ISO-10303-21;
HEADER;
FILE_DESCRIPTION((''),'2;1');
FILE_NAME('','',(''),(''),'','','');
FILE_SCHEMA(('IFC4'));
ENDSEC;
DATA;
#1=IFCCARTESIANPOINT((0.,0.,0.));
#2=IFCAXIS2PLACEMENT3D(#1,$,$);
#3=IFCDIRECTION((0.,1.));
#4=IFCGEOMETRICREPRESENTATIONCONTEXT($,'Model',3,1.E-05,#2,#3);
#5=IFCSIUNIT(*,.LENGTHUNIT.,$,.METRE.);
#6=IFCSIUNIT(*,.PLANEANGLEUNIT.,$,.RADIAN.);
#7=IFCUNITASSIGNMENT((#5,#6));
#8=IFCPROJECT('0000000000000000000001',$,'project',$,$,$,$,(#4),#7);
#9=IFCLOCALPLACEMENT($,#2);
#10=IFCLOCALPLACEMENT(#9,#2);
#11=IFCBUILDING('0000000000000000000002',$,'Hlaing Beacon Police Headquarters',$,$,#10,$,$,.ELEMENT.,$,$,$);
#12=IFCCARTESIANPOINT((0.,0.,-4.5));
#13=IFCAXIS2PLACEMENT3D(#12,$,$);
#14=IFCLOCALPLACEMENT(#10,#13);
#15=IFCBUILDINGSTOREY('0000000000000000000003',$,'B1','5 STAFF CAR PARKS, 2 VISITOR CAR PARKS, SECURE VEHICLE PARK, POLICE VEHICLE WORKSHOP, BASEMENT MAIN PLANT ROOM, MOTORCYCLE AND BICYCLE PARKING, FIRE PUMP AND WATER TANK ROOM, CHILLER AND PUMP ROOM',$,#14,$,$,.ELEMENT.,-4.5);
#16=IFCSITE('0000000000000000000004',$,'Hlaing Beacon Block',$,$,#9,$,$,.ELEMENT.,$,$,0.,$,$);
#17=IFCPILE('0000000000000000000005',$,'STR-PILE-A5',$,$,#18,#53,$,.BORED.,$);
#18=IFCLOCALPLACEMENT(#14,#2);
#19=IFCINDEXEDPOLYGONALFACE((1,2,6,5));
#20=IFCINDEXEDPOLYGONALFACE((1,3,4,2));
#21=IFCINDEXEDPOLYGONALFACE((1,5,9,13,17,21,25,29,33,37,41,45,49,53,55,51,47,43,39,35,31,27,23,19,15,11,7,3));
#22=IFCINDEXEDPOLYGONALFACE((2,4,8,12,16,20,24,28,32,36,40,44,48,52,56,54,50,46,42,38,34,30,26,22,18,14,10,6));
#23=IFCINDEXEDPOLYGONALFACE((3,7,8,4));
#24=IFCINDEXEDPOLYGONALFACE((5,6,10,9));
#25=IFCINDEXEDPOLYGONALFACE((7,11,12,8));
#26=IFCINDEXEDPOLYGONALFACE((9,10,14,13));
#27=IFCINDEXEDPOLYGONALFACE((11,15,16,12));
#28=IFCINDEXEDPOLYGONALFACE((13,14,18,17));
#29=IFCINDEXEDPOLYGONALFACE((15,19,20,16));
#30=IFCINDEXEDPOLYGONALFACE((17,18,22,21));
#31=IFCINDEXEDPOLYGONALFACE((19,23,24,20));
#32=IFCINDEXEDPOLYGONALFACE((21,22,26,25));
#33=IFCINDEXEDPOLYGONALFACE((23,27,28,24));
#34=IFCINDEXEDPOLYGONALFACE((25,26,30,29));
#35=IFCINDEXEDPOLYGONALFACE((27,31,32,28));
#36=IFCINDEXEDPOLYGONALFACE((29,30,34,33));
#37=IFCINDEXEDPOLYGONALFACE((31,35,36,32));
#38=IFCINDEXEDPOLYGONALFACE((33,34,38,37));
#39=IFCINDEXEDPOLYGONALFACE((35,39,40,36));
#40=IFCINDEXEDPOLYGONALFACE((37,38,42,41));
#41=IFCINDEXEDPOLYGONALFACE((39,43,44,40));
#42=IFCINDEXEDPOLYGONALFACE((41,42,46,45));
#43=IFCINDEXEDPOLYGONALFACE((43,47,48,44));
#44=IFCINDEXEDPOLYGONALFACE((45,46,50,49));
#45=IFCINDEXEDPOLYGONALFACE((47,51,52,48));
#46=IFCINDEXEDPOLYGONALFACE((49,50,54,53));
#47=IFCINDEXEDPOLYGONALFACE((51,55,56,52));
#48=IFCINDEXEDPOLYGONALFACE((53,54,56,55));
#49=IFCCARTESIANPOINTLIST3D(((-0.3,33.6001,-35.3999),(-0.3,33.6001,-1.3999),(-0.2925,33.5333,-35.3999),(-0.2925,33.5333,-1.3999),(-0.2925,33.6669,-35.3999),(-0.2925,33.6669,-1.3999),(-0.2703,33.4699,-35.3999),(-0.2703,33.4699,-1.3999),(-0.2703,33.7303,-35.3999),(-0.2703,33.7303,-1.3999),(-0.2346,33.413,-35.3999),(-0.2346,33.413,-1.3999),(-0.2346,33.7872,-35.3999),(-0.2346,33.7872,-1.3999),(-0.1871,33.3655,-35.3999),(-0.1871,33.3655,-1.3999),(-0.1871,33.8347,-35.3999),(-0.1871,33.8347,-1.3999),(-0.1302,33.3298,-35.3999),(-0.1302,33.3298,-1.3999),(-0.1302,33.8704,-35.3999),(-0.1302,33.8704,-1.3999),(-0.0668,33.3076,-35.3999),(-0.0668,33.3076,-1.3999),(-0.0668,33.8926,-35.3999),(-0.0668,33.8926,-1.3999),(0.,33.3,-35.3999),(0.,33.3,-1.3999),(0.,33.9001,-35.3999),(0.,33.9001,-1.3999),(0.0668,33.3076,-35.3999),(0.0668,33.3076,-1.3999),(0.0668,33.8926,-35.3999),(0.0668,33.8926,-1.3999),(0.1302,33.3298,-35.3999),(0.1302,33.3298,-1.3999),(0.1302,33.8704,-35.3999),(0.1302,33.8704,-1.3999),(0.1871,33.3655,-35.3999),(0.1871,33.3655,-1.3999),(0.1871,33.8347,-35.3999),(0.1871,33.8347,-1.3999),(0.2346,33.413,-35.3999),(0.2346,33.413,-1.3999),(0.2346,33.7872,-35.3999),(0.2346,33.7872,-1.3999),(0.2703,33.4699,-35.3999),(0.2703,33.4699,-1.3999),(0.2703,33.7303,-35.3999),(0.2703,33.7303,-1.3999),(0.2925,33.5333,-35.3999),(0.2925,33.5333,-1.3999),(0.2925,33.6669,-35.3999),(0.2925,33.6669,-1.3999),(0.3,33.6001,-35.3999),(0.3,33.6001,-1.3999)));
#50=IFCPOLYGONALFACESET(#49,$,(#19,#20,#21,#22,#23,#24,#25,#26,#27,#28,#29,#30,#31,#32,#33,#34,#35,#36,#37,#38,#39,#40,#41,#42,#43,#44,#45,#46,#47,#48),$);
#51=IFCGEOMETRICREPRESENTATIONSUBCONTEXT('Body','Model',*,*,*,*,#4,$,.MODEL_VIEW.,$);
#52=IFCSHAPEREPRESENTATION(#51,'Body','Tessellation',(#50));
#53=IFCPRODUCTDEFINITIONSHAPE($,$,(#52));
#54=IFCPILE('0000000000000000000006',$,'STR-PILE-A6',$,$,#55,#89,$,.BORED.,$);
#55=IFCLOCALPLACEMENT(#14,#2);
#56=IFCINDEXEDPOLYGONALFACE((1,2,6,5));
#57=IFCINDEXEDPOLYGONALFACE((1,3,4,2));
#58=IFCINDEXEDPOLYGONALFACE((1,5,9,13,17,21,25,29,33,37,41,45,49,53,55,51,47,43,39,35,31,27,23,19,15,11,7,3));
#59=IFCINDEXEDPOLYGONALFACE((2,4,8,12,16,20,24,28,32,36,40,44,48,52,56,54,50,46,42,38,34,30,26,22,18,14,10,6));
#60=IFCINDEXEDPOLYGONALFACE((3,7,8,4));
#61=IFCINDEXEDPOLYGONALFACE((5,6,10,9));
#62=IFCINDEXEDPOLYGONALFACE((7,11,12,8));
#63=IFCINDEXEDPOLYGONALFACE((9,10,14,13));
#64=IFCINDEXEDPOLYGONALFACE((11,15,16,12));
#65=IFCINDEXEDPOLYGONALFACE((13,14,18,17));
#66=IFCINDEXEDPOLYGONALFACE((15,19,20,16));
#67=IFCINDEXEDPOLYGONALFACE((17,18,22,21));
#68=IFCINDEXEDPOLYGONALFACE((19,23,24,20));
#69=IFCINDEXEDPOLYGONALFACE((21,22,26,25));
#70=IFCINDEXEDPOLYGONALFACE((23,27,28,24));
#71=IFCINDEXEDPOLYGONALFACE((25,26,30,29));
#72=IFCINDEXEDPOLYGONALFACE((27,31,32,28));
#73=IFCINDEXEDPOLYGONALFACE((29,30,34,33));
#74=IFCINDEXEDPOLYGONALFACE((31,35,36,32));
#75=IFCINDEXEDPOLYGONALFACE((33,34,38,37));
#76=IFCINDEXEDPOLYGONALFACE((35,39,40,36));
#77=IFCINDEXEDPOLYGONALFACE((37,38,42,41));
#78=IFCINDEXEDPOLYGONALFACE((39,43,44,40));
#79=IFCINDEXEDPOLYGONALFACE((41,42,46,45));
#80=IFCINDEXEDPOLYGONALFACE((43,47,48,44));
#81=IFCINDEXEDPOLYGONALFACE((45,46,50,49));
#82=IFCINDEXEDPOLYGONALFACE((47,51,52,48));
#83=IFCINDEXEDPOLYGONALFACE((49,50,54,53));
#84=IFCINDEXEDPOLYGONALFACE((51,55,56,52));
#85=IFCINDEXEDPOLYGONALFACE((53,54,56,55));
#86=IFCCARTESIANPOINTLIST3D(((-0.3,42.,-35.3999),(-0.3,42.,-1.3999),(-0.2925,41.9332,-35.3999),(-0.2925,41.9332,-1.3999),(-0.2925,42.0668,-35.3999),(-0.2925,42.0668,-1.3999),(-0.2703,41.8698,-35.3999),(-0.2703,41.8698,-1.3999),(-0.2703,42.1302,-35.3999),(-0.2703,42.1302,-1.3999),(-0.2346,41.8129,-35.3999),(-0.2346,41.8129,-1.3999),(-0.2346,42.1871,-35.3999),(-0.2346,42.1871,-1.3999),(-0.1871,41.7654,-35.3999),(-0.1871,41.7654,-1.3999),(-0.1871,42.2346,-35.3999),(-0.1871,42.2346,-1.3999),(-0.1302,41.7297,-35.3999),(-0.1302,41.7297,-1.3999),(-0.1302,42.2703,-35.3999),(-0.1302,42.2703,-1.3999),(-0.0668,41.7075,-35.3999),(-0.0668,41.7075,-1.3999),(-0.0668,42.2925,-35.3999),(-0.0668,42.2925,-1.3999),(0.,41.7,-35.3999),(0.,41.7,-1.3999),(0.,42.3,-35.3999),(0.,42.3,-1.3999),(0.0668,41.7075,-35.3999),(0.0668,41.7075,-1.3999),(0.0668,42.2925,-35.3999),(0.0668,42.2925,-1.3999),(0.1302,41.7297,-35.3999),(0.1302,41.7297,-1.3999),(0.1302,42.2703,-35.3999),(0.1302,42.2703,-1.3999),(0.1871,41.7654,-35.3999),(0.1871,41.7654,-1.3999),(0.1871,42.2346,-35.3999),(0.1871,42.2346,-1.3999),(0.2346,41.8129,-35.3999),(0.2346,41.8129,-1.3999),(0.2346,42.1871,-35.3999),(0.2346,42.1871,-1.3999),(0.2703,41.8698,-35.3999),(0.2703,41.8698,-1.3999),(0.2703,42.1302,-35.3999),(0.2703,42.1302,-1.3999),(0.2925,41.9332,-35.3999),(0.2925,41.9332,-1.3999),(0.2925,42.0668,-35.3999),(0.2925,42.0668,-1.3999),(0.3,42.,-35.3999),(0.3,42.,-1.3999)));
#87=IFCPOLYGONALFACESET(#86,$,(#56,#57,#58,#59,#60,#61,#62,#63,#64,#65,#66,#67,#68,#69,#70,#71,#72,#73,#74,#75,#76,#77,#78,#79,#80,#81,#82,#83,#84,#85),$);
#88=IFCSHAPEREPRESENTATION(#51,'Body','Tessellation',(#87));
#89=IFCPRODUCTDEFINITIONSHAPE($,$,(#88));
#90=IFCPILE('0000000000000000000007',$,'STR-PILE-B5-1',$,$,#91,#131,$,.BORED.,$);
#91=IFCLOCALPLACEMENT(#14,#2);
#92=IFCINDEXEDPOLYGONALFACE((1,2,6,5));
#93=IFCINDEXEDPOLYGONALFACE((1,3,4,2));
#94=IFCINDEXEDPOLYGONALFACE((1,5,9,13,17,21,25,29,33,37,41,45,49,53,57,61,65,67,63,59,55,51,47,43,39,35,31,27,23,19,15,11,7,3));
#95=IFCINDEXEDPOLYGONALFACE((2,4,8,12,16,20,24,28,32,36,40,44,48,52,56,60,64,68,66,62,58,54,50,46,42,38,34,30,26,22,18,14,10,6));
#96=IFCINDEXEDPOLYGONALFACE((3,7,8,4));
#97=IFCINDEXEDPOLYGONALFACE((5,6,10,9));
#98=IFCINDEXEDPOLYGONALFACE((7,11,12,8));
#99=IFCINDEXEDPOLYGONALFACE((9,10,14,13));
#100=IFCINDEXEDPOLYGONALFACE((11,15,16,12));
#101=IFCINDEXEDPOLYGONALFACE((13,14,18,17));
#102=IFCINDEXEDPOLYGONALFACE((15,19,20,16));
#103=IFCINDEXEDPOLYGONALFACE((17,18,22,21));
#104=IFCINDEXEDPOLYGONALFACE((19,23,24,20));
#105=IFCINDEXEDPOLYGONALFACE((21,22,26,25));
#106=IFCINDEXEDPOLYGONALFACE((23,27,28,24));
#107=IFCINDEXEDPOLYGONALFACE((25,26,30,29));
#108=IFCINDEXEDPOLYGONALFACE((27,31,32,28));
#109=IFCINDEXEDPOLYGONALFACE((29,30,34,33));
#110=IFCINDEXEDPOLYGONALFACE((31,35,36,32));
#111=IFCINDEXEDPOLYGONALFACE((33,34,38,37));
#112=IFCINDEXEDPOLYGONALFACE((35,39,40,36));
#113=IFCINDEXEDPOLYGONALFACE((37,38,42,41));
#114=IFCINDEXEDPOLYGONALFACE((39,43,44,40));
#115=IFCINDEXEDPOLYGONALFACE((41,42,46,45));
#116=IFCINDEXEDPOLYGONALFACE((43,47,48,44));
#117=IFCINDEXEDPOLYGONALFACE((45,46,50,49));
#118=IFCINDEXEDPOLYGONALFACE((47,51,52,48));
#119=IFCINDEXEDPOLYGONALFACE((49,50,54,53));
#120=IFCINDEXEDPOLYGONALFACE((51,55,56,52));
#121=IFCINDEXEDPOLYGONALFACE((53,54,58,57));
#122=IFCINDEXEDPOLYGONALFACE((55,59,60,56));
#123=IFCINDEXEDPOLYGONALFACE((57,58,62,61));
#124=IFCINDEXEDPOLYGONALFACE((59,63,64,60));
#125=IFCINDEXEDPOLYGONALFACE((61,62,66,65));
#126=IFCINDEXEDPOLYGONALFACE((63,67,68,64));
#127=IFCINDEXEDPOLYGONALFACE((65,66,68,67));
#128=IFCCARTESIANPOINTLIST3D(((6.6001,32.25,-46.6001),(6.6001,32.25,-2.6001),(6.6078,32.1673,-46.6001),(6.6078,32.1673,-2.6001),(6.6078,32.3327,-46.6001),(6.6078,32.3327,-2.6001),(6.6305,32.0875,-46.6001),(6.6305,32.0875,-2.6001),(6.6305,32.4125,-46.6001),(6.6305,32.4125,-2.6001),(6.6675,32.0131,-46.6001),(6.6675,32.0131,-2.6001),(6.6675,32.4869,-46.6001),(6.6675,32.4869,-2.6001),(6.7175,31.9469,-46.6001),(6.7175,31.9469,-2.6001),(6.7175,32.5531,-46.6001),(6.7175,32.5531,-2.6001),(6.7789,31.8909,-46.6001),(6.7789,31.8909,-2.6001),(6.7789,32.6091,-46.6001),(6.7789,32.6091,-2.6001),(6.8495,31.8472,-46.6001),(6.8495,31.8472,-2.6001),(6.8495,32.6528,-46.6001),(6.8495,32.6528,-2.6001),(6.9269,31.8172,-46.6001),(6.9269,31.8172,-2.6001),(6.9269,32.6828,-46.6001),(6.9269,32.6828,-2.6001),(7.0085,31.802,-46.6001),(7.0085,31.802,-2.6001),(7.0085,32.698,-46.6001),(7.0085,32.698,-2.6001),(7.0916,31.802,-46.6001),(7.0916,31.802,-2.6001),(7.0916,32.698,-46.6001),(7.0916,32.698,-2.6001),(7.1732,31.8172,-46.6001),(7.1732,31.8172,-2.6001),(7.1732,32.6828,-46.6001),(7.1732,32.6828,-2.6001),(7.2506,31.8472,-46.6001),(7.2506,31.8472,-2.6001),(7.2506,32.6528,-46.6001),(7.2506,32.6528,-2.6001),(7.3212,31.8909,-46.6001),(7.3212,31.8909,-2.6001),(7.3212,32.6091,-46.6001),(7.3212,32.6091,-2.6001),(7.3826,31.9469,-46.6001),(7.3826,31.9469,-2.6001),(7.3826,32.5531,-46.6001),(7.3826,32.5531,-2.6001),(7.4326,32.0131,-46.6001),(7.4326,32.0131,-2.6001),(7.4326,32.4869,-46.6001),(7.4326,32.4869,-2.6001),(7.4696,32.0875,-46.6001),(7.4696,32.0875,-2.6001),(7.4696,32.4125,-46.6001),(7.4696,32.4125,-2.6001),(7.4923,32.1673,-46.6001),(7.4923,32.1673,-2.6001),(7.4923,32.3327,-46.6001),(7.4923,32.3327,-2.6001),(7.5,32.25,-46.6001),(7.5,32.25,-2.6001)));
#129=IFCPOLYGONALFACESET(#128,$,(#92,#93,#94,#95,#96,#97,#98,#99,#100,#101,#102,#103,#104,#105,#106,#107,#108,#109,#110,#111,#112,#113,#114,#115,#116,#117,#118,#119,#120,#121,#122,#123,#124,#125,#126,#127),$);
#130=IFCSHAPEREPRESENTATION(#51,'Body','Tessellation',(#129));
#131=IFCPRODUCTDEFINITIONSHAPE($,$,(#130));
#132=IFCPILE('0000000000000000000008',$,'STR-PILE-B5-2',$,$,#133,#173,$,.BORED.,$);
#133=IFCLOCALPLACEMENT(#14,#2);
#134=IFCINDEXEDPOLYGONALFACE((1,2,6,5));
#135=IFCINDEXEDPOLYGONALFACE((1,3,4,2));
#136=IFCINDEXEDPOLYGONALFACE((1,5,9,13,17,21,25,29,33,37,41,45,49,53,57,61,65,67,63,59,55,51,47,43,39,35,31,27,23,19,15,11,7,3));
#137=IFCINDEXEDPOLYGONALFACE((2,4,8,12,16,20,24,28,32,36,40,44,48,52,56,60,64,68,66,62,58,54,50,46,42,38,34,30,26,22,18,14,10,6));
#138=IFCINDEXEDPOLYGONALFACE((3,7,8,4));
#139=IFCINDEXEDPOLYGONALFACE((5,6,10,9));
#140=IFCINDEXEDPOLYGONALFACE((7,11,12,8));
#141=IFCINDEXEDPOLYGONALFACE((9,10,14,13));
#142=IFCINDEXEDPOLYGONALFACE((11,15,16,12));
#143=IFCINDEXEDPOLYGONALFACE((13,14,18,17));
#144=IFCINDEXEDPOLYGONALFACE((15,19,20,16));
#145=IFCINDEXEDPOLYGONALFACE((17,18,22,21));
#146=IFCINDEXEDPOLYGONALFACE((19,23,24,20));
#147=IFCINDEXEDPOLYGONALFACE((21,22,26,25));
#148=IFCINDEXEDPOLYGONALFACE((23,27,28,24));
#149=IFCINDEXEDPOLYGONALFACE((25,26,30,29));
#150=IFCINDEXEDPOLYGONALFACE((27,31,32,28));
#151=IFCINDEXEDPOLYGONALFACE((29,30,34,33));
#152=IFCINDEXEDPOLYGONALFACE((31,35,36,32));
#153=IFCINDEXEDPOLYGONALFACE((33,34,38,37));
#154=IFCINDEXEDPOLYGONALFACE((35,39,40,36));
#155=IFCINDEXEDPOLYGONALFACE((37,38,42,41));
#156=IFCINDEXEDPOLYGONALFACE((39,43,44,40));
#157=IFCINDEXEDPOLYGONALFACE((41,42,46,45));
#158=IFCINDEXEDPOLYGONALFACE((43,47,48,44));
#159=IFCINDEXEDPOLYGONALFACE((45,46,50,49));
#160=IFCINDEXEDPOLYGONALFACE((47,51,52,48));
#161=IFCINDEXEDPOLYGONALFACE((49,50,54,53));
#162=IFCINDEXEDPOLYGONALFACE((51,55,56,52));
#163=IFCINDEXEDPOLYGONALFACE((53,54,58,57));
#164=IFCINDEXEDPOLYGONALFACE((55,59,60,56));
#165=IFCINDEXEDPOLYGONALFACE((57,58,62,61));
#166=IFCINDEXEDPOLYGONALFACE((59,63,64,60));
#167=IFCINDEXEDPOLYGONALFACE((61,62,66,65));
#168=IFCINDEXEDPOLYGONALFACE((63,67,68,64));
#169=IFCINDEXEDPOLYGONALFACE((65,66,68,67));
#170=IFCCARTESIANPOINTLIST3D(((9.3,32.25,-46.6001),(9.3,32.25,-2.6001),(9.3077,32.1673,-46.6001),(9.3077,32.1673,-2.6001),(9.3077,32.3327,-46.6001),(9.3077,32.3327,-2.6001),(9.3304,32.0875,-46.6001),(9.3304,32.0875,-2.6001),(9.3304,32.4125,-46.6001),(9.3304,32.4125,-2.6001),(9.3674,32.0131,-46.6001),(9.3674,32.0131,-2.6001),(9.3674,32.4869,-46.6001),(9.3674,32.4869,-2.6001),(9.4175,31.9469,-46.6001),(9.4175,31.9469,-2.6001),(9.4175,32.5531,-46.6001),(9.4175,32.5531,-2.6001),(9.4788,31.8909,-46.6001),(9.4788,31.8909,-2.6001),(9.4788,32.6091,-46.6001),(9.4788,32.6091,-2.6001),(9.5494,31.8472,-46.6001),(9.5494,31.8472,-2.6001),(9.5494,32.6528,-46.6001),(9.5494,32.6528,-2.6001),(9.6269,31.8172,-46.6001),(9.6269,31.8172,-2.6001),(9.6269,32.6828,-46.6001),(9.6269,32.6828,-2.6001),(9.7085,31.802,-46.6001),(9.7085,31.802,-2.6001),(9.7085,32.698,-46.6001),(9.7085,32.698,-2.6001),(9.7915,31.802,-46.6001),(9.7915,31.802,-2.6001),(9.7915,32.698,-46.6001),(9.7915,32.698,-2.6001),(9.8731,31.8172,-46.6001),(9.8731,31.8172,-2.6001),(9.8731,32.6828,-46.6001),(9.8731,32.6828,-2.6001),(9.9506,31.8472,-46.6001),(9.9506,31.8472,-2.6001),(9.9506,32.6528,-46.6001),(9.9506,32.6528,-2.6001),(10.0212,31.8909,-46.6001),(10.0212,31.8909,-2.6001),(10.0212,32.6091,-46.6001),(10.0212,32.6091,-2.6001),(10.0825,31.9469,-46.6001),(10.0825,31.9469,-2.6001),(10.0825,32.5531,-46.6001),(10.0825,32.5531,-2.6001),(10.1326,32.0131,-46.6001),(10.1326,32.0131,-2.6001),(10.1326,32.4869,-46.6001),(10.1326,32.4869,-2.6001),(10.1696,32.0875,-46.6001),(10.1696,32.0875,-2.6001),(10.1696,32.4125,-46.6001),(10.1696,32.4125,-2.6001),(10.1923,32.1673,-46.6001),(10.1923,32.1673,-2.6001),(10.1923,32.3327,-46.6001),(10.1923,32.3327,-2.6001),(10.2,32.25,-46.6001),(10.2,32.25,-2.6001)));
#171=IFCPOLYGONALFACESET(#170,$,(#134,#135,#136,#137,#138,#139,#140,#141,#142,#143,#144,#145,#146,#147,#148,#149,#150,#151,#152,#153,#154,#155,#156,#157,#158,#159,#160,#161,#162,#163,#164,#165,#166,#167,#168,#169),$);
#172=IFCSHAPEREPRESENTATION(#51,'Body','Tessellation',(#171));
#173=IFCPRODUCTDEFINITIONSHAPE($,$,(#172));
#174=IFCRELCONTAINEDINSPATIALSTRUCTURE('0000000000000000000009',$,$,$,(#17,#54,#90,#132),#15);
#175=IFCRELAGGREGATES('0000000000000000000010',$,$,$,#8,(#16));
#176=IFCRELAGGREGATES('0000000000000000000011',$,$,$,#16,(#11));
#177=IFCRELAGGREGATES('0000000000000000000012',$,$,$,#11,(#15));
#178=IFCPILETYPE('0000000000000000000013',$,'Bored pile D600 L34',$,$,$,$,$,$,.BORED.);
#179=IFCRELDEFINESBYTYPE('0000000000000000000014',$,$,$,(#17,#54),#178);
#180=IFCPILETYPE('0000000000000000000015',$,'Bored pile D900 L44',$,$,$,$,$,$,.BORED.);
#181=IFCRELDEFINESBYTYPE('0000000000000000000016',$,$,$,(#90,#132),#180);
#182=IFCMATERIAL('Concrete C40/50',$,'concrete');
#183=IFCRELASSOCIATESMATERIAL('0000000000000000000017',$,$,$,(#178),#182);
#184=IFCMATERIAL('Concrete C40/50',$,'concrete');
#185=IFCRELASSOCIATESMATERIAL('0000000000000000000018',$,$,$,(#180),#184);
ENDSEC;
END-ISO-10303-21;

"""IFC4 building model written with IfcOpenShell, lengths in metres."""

from ifc_helpers import new_model, si_unit, direction, frame, origin, origin_2d, place, context, subcontext, project, spatial, circle, extrude, material, material_profile, profile_set, type_object, element, save


model = new_model("IFC4")

# Units and contexts
model_context = context("Model", 3, precision=1e-05, world=origin(), true_north=direction((0.0, 1.0)))
body_context = subcontext(model_context, "Body", "Model", "MODEL_VIEW")
ifc_project = project(units=[si_unit("LENGTHUNIT", "METRE"), si_unit("PLANEANGLEUNIT", "RADIAN")], contexts=[model_context])

# Site, building, storey
site_placement = place(None, origin())
site = spatial("IfcSite", under=ifc_project, at=site_placement, Name="Hlaing Beacon Block", CompositionType="ELEMENT", RefElevation=0.0)
building_placement = place(site_placement, origin())
building = spatial("IfcBuilding", under=site, at=building_placement, Name="Hlaing Beacon Police Headquarters", CompositionType="ELEMENT")
storey_placement = place(building_placement, frame((0.0, 0.0, -4.5)))
storey = spatial("IfcBuildingStorey", under=building, at=storey_placement, Name="B1", Description="5 STAFF CAR PARKS, 2 VISITOR CAR PARKS, SECURE VEHICLE PARK, POLICE VEHICLE WORKSHOP, BASEMENT MAIN PLANT ROOM, MOTORCYCLE AND BICYCLE PARKING, FIRE PUMP AND WATER TANK ROOM, CHILLER AND PUMP ROOM", CompositionType="ELEMENT", Elevation=-4.5)

# Piles
ifc_material_1 = material(Name="Concrete C40/50", Category="concrete")
ifc_material_profile_1 = material_profile(ifc_material_1, circle(Radius=0.3, at=origin_2d()), Name="D600")
ifc_profile_set_1 = profile_set([ifc_material_profile_1], Name="Concrete C40/50")
pile_type_1 = type_object("IfcPileType", Name="Bored pile D600 L34", PredefinedType="BORED", material=ifc_profile_set_1)
for number, where, z_axis, x_axis, name in (
    (1, (0.0, 33.6001, -1.3999), (0.0, 0.0, -1.0), (1.0, 0.0, 0.0), "STR-PILE-A5"),
    (2, (0.0, 42.0, -1.3999), (0.0, 0.0, -1.0), (1.0, 0.0, 0.0), "STR-PILE-A6"),
):
    element("IfcPile", number, at=place(storey_placement, frame(where, z_axis=z_axis, x_axis=x_axis)), inside=storey, type_object=pile_type_1, Name=name, PredefinedType="BORED", context=body_context, shape_type="SweptSolid", body=[
        extrude(circle(Radius=0.3, at=origin_2d()), origin(), (0.0, 0.0, 1.0), 34.0),
    ])
ifc_material_2 = material(Name="Concrete C40/50", Category="concrete")
ifc_material_profile_2 = material_profile(ifc_material_2, circle(Radius=0.45, at=origin_2d()), Name="D900")
ifc_profile_set_2 = profile_set([ifc_material_profile_2], Name="Concrete C40/50")
pile_type_2 = type_object("IfcPileType", Name="Bored pile D900 L44", PredefinedType="BORED", material=ifc_profile_set_2)
for number, where, z_axis, x_axis, name in (
    (3, (7.05, 32.25, -2.6001), (0.0, 0.0, -1.0), (1.0, 0.0, 0.0), "STR-PILE-B5-1"),
    (4, (9.75, 32.25, -2.6001), (0.0, 0.0, -1.0), (1.0, 0.0, 0.0), "STR-PILE-B5-2"),
):
    element("IfcPile", number, at=place(storey_placement, frame(where, z_axis=z_axis, x_axis=x_axis)), inside=storey, type_object=pile_type_2, Name=name, PredefinedType="BORED", context=body_context, shape_type="SweptSolid", body=[
        extrude(circle(Radius=0.45, at=origin_2d()), origin(), (0.0, 0.0, 1.0), 44.0),
    ])

save(model, "model.ifc")
